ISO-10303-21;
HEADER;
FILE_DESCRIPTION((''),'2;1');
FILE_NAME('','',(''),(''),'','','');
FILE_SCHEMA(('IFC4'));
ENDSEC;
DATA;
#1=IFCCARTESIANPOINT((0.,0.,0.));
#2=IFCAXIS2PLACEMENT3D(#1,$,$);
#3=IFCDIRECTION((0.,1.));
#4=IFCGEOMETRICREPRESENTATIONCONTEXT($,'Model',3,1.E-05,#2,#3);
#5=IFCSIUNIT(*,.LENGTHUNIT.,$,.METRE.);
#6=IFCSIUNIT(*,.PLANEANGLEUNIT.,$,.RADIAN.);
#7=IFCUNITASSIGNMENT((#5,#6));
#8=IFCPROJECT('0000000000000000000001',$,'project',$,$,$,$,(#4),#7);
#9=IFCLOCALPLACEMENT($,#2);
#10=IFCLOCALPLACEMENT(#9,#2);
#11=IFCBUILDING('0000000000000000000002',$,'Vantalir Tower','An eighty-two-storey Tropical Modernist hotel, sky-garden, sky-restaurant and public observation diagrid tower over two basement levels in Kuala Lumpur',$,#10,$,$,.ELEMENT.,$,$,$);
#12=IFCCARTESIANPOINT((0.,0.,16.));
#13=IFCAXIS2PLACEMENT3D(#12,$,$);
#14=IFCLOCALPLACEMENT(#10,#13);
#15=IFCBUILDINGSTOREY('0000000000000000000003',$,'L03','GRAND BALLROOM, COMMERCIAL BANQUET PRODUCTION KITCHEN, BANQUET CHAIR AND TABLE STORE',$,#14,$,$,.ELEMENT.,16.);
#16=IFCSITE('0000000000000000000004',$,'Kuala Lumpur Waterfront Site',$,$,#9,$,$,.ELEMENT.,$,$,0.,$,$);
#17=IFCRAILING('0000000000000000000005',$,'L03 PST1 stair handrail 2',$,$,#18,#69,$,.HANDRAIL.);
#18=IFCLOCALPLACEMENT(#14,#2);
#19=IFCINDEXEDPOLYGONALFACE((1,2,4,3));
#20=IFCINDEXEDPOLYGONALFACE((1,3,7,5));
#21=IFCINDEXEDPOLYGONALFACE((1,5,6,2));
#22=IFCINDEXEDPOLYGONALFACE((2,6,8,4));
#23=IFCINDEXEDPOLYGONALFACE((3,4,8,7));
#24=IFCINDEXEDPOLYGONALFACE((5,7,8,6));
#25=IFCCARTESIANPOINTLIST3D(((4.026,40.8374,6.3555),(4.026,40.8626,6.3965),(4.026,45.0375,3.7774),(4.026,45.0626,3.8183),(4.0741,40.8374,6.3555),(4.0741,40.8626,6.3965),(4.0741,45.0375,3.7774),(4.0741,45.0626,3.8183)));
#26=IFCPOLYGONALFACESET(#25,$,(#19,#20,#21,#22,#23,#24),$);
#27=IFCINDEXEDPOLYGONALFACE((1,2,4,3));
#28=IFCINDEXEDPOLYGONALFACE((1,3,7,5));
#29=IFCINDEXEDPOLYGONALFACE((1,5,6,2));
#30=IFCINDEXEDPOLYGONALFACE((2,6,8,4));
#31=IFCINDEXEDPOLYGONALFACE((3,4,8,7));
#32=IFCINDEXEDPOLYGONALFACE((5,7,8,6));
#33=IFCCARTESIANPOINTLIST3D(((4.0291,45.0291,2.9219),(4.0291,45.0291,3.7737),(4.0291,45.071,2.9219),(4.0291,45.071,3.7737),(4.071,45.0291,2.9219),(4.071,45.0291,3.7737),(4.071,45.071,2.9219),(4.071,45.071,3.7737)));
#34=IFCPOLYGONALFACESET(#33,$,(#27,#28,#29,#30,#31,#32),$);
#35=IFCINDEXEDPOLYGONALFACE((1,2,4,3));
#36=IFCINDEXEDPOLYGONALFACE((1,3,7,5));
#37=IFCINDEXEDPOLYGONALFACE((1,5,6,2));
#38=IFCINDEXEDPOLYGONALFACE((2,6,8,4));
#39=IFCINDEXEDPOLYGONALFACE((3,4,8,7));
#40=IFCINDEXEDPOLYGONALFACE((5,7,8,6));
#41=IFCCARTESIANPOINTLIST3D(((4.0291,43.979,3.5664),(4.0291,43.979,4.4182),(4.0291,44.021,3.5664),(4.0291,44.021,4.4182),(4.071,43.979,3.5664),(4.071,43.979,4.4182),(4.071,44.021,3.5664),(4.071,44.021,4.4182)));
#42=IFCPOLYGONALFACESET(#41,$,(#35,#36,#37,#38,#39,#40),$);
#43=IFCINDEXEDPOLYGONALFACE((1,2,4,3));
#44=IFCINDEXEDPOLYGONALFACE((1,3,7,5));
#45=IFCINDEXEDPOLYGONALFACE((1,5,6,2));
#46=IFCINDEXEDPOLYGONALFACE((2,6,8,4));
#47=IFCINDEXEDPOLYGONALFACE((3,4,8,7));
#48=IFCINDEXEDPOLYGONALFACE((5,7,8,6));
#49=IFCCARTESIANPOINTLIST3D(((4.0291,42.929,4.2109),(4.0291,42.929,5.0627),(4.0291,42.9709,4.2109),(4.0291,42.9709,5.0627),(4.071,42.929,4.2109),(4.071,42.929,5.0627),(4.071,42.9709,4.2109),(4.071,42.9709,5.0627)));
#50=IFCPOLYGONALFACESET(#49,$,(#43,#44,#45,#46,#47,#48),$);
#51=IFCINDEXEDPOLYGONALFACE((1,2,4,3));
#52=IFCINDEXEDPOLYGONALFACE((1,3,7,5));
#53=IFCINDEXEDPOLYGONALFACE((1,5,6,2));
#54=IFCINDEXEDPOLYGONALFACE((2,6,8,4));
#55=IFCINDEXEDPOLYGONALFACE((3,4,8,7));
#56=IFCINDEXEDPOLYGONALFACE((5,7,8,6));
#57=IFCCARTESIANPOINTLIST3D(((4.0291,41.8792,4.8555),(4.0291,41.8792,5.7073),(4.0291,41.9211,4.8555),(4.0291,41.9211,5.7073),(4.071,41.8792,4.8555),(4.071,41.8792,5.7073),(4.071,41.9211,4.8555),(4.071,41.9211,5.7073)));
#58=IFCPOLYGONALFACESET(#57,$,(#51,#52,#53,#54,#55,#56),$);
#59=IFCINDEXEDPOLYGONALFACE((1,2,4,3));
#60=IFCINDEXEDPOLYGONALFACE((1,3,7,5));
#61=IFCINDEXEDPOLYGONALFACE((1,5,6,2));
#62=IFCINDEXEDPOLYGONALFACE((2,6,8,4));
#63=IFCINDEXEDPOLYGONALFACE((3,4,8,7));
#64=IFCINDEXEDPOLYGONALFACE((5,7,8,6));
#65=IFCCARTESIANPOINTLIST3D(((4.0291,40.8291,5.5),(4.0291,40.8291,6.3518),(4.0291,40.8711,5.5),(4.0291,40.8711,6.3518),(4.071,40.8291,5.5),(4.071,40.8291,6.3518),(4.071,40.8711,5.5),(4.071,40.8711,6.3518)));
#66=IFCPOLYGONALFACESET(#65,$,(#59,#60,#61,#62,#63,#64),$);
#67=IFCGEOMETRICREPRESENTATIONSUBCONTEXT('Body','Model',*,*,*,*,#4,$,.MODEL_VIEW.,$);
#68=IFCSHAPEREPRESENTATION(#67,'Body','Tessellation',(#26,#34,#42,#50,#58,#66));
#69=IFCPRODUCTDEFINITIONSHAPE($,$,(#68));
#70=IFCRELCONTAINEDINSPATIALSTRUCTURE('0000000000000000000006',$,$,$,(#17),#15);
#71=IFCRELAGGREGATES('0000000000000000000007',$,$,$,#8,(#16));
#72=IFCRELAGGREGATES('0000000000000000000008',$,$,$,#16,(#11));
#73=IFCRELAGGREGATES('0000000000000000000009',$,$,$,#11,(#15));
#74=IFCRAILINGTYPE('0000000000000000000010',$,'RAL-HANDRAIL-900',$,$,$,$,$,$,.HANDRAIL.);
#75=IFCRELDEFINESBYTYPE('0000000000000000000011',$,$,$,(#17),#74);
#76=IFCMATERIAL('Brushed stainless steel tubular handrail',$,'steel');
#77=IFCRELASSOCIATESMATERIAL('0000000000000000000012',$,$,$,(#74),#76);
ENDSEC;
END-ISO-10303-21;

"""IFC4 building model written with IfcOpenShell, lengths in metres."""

from ifc_helpers import new_model, si_unit, direction, frame, origin, origin_2d, place, context, subcontext, project, spatial, rectangle, extrude, material, type_object, element, save


model = new_model("IFC4")

# Units and contexts
model_context = context("Model", 3, precision=1e-05, world=origin(), true_north=direction((0.0, 1.0)))
body_context = subcontext(model_context, "Body", "Model", "MODEL_VIEW")
ifc_project = project(units=[si_unit("LENGTHUNIT", "METRE"), si_unit("PLANEANGLEUNIT", "RADIAN")], contexts=[model_context])

# Site, building, storey
site_placement = place(None, origin())
site = spatial("IfcSite", under=ifc_project, at=site_placement, Name="Kuala Lumpur Waterfront Site", CompositionType="ELEMENT", RefElevation=0.0)
building_placement = place(site_placement, origin())
building = spatial("IfcBuilding", under=site, at=building_placement, Name="Vantalir Tower", Description="An eighty-two-storey Tropical Modernist hotel, sky-garden, sky-restaurant and public observation diagrid tower over two basement levels in Kuala Lumpur", CompositionType="ELEMENT")
storey_placement = place(building_placement, frame((0.0, 0.0, 16.0)))
storey = spatial("IfcBuildingStorey", under=building, at=storey_placement, Name="L03", Description="GRAND BALLROOM, COMMERCIAL BANQUET PRODUCTION KITCHEN, BANQUET CHAIR AND TABLE STORE", CompositionType="ELEMENT", Elevation=16.0)

# Railing
ifc_material_1 = material(Name="Brushed stainless steel tubular handrail", Category="steel")
railing_type_1 = type_object("IfcRailingType", Name="RAL-HANDRAIL-900", PredefinedType="HANDRAIL", material=ifc_material_1)
railing_1_placement = place(storey_placement, frame((4.05, 45.05, 2.9219)))
element("IfcRailing", 1, at=railing_1_placement, inside=storey, type_object=railing_type_1, Name="L03 PST1 stair handrail 2", PredefinedType="HANDRAIL", context=body_context, shape_type="SweptSolid", body=[
    extrude(rectangle(XDim=0.0481, YDim=0.0481, at=origin_2d()), frame((0.0, 0.0, 0.876), z_axis=(0.0, -0.852243, 0.523146), x_axis=(1.0, 0.0, 0.0)), (0.0, 0.0, 1.0), 4.9282),
    extrude(rectangle(XDim=0.042, YDim=0.042, at=origin_2d()), origin(), (0.0, 0.0, 1.0), 0.8518),
    extrude(rectangle(XDim=0.042, YDim=0.042, at=origin_2d()), frame((0.0, -1.05, 0.6445)), (0.0, 0.0, 1.0), 0.8518),
    extrude(rectangle(XDim=0.042, YDim=0.042, at=origin_2d()), frame((0.0, -2.1001, 1.2891)), (0.0, 0.0, 1.0), 0.8518),
    extrude(rectangle(XDim=0.042, YDim=0.042, at=origin_2d()), frame((0.0, -3.1499, 1.9336)), (0.0, 0.0, 1.0), 0.8518),
    extrude(rectangle(XDim=0.042, YDim=0.042, at=origin_2d()), frame((0.0, -4.2, 2.5781)), (0.0, 0.0, 1.0), 0.8518),
])

save(model, "model.ifc")
